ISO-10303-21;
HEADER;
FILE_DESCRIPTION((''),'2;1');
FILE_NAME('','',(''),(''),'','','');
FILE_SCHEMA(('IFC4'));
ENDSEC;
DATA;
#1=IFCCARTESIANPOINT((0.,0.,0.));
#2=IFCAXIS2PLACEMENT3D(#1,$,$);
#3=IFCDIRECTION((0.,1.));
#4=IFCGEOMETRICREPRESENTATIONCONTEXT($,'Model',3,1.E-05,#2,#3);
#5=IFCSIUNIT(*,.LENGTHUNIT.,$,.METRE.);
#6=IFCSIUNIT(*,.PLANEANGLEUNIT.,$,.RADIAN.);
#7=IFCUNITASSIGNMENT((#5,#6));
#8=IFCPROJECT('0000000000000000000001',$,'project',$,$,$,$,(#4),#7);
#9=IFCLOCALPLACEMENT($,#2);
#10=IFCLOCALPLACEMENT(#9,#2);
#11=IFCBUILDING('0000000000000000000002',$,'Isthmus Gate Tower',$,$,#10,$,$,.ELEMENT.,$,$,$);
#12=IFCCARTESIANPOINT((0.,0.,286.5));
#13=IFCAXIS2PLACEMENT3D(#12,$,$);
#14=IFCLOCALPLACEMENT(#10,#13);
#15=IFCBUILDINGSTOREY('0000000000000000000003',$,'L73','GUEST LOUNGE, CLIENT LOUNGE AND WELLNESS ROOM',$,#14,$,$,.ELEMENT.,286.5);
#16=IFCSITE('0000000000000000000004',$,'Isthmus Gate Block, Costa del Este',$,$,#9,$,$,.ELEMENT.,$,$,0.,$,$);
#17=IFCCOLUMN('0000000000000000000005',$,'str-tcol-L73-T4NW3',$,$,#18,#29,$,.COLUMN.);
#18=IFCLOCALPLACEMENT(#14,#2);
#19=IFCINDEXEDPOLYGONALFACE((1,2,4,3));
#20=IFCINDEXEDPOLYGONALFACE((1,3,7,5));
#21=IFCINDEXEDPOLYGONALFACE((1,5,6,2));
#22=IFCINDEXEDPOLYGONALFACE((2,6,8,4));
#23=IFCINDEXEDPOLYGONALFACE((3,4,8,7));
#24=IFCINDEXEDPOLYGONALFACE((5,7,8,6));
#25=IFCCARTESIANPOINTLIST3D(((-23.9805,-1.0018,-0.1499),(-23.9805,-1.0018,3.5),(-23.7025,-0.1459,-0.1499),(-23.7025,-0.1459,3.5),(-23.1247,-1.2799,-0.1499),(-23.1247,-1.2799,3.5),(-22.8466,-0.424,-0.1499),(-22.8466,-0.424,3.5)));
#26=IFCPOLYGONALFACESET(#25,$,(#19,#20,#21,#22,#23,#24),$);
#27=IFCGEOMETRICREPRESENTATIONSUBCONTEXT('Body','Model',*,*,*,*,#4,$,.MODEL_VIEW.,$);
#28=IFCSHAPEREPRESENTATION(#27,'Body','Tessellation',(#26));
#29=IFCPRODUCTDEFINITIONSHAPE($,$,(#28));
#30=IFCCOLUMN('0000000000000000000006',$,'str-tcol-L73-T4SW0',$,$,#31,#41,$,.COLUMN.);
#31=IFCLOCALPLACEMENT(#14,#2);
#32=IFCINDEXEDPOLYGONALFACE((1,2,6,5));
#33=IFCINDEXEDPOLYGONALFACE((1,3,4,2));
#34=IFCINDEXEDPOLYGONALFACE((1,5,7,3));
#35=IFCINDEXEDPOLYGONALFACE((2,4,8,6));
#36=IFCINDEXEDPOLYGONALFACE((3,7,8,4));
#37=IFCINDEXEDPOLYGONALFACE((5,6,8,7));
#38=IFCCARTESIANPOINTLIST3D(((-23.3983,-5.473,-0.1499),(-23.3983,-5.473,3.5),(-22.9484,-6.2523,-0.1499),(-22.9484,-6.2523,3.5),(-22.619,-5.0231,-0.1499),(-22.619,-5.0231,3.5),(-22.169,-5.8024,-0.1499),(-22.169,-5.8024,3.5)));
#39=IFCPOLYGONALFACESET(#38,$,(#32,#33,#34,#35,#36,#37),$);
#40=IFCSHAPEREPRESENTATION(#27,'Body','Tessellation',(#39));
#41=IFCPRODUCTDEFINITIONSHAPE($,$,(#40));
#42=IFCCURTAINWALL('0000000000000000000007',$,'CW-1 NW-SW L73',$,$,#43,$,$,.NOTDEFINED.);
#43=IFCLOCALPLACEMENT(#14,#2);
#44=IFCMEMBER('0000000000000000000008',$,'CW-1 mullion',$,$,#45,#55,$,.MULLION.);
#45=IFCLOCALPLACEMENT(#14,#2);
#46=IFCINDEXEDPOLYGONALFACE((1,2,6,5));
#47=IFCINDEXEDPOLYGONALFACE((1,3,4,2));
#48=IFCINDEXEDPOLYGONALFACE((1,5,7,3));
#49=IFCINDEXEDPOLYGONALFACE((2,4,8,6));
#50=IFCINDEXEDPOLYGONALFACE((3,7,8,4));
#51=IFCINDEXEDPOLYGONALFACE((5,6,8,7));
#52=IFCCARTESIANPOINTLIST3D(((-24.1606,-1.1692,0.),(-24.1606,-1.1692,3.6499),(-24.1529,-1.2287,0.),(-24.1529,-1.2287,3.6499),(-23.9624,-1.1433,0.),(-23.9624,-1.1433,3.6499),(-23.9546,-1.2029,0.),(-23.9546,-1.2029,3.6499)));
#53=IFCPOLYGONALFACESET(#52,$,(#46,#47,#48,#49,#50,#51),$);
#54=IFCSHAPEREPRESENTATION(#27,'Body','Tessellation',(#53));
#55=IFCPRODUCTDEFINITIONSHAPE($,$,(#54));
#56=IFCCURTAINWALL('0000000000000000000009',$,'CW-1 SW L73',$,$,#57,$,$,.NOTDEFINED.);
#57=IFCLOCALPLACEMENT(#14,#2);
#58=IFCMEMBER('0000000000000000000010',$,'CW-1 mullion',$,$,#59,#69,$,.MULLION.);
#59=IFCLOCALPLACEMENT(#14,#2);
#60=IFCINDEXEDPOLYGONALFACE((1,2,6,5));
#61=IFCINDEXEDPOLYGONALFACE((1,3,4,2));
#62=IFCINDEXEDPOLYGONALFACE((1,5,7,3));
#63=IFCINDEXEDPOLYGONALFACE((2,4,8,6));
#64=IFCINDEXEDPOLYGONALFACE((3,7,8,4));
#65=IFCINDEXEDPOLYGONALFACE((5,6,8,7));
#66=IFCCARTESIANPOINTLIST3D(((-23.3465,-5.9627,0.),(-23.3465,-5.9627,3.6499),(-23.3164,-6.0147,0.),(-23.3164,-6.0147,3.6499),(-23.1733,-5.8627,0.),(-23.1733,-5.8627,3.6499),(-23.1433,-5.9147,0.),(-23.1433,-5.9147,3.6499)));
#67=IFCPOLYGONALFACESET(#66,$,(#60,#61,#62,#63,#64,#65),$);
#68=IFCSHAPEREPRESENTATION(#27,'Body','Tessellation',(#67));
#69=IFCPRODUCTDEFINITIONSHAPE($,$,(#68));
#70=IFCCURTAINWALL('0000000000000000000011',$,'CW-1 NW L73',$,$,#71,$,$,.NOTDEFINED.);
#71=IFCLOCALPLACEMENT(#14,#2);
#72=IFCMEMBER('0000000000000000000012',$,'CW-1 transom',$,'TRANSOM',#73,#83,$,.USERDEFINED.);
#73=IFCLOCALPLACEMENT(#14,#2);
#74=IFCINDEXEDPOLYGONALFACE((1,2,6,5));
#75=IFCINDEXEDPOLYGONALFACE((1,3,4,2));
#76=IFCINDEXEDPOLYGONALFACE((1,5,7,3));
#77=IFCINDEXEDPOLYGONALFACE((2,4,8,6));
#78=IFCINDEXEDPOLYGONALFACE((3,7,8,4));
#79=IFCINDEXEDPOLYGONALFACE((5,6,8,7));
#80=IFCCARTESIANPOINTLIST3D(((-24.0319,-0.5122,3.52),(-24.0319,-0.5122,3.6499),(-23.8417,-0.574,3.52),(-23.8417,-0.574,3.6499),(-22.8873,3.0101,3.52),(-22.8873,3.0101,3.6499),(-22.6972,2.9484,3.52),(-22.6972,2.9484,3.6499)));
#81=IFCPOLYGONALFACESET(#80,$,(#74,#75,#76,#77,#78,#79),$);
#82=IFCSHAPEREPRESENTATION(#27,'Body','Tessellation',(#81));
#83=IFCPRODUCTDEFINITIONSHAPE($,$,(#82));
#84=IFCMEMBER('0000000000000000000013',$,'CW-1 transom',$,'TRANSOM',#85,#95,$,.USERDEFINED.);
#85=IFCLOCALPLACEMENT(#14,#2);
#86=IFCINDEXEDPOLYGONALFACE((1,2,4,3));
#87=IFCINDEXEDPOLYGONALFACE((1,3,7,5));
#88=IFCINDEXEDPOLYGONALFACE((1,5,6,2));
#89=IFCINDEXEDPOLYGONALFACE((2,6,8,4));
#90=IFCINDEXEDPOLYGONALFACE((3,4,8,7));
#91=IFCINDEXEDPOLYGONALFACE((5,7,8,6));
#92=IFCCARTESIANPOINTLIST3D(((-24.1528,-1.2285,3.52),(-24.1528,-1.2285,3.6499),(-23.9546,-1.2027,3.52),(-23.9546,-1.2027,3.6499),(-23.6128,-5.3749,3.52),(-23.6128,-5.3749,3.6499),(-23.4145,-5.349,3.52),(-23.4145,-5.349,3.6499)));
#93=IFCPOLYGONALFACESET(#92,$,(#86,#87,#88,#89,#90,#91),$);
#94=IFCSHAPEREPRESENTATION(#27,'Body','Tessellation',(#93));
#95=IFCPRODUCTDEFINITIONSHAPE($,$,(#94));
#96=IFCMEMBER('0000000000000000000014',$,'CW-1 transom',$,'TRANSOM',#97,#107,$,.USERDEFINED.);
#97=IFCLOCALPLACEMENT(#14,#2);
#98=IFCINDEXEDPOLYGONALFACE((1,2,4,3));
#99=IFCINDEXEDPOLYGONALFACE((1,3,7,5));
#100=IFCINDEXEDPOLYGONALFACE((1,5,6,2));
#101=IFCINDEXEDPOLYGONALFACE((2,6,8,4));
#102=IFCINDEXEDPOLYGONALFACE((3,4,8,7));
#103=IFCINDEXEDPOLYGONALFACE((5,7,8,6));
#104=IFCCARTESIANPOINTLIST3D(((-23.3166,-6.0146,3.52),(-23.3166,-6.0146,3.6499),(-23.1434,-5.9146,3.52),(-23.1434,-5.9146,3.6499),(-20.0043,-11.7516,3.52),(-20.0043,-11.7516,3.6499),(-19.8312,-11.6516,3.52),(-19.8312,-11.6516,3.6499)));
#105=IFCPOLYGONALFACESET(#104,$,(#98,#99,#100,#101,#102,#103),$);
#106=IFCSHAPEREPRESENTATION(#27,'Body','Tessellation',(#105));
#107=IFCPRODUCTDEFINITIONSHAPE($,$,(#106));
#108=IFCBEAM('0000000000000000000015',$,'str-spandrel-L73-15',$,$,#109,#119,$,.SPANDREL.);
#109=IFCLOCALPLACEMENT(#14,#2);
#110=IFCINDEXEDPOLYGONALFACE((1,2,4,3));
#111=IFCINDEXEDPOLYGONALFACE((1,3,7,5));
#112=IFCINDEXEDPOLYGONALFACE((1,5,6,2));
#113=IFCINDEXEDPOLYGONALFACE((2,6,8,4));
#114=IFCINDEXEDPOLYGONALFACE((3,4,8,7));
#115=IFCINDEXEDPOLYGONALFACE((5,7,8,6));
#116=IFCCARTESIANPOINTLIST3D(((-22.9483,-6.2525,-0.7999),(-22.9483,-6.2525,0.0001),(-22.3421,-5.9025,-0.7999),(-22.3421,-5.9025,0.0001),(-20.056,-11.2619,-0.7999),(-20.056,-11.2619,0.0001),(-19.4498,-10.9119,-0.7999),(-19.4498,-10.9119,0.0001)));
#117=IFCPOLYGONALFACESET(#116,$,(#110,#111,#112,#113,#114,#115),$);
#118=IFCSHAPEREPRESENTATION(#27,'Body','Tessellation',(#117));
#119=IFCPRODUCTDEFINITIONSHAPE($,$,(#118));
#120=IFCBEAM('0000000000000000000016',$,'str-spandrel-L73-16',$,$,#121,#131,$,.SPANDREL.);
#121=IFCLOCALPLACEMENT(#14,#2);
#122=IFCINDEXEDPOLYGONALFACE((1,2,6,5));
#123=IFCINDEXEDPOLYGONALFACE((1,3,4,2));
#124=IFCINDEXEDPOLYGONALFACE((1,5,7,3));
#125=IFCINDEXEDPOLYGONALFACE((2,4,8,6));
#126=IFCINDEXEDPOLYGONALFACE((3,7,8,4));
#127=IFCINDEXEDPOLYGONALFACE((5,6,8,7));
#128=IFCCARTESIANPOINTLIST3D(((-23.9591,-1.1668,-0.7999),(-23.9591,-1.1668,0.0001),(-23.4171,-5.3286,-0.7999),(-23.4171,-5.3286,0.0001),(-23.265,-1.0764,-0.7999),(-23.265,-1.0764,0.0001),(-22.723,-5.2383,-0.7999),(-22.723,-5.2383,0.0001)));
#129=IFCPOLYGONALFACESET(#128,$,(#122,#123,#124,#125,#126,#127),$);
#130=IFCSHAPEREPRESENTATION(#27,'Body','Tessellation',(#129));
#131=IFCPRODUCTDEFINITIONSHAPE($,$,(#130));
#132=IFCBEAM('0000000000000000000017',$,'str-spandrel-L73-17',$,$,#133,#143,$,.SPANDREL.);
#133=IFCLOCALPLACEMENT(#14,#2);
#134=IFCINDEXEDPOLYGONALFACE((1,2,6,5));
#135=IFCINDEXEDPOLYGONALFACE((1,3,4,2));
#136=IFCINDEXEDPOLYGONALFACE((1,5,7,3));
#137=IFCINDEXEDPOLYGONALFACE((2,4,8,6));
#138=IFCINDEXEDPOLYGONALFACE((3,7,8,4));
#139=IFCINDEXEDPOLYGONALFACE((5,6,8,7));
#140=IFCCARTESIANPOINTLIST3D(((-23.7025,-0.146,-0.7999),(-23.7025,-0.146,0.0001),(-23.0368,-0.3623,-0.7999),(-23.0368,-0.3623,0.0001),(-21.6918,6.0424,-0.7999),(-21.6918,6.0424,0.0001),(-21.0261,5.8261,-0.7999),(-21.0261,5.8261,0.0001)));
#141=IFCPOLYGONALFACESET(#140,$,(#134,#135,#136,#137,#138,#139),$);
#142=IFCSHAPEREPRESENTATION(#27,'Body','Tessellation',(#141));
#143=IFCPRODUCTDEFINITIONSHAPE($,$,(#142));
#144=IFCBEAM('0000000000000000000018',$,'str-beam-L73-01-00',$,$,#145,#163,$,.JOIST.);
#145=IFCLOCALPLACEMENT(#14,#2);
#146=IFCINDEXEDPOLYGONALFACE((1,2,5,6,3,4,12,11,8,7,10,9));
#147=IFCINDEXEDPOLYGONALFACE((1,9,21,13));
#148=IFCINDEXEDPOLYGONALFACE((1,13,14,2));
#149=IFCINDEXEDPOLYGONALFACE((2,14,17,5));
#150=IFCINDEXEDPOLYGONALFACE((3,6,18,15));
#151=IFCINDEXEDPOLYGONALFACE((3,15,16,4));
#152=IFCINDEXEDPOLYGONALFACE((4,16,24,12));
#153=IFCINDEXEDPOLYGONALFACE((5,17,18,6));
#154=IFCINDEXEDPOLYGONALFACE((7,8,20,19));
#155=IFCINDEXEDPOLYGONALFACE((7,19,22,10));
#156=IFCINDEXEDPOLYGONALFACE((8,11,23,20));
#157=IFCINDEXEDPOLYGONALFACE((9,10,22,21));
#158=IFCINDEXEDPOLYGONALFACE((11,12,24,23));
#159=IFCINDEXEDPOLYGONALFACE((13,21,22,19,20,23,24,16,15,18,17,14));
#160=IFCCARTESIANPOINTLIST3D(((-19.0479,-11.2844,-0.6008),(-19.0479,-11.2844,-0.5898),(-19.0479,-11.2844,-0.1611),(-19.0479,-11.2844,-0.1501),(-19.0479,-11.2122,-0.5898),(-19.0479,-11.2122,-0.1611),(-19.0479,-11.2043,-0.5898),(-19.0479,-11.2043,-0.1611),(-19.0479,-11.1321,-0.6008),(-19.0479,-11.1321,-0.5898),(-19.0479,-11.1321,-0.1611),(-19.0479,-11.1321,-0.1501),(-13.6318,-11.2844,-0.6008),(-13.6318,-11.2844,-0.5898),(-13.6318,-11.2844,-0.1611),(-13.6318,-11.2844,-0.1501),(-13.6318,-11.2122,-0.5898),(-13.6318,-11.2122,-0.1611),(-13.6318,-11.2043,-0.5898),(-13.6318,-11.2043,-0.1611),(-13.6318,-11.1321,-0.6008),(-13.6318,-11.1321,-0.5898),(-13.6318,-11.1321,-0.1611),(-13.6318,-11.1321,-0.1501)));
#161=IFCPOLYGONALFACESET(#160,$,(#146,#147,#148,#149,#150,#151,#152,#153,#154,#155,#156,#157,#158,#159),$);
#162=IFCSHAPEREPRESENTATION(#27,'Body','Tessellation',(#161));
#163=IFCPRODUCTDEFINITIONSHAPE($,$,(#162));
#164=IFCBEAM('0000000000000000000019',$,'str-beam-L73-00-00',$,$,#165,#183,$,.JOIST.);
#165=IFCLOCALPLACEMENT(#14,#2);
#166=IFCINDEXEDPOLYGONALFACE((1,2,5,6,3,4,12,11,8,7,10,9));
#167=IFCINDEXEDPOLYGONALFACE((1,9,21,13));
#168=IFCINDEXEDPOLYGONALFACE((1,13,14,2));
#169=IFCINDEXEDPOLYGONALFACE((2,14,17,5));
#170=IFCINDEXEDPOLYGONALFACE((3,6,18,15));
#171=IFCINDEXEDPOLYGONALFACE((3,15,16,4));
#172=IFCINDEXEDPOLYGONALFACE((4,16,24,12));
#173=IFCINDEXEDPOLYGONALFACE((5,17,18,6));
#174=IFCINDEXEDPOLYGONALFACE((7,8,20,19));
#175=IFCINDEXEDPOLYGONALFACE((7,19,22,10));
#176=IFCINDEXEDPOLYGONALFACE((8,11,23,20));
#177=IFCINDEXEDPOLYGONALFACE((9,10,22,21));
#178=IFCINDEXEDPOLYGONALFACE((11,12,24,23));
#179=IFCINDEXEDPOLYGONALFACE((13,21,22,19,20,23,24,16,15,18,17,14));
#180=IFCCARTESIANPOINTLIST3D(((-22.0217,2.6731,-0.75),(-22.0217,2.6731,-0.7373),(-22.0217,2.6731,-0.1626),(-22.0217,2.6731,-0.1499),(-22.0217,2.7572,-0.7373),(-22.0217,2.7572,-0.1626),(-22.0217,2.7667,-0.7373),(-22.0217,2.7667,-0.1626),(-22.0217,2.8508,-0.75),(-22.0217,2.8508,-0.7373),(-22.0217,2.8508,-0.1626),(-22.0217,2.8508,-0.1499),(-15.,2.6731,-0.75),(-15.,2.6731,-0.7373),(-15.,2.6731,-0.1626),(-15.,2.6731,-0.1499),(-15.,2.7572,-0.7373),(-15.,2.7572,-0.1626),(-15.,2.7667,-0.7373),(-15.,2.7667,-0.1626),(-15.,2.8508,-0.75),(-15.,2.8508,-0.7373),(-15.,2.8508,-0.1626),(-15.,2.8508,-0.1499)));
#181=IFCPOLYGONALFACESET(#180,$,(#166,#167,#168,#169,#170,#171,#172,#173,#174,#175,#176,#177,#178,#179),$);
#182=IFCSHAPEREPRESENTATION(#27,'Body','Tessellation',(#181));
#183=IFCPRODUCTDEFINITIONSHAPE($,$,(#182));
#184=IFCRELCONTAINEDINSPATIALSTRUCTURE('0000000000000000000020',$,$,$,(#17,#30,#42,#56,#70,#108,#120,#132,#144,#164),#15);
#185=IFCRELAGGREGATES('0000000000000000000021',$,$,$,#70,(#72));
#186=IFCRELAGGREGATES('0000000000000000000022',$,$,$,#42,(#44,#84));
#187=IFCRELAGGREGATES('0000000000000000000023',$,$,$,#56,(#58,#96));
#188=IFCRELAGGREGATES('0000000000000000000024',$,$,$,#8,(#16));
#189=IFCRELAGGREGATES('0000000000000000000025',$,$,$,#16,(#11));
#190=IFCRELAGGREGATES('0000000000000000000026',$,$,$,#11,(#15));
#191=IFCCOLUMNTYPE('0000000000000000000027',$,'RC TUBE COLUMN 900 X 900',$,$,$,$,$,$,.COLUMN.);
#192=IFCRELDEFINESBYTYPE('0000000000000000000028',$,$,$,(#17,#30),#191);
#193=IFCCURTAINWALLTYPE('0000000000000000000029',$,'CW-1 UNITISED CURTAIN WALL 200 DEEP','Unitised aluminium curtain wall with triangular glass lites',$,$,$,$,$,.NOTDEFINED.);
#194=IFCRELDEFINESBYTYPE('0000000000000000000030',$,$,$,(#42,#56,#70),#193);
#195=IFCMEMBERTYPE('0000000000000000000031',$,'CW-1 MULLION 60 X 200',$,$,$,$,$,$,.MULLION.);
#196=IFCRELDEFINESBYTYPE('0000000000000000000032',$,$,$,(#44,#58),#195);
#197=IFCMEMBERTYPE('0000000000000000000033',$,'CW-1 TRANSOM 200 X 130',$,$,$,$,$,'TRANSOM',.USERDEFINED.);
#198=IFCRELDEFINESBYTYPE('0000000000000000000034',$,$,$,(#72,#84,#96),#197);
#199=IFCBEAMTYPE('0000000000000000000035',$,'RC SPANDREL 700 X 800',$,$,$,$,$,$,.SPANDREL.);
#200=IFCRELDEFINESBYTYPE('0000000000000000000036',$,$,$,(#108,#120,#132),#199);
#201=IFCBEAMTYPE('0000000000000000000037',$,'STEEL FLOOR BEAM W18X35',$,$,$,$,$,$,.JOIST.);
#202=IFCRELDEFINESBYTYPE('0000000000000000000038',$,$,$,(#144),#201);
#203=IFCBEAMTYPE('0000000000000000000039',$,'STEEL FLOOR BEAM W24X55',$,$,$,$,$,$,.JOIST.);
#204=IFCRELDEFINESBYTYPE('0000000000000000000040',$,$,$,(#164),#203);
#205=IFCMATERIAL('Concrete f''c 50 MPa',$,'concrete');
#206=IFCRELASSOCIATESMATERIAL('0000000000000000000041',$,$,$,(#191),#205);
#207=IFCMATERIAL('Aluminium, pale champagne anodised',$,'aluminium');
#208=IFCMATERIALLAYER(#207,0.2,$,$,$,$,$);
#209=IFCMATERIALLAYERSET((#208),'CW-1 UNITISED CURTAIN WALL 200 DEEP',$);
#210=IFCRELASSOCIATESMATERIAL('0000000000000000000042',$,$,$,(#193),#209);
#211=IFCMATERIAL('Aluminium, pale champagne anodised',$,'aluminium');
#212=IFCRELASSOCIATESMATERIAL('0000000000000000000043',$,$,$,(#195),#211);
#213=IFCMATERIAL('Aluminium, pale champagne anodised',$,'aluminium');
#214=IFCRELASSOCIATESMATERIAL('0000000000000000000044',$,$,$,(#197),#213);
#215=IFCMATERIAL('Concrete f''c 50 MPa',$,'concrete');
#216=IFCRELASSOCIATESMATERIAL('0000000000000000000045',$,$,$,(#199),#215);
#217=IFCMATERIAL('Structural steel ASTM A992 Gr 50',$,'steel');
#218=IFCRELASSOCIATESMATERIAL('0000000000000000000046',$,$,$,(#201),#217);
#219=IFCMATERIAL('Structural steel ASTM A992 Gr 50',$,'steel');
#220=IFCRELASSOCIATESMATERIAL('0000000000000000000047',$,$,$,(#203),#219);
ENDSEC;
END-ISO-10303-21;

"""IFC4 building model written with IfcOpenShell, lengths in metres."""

from ifc_helpers import new_model, si_unit, direction, frame, origin, origin_2d, place, context, subcontext, project, spatial, rectangle, i_section, extrude, material, layer, layer_set, material_profile, profile_set, type_object, element, aggregate, save


model = new_model("IFC4")

# Units and contexts
model_context = context("Model", 3, precision=1e-05, world=origin(), true_north=direction((0.0, 1.0)))
body_context = subcontext(model_context, "Body", "Model", "MODEL_VIEW")
ifc_project = project(units=[si_unit("LENGTHUNIT", "METRE"), si_unit("PLANEANGLEUNIT", "RADIAN")], contexts=[model_context])

# Site, building, storey
site_placement = place(None, origin())
site = spatial("IfcSite", under=ifc_project, at=site_placement, Name="Isthmus Gate Block, Costa del Este", CompositionType="ELEMENT", RefElevation=0.0)
building_placement = place(site_placement, origin())
building = spatial("IfcBuilding", under=site, at=building_placement, Name="Isthmus Gate Tower", CompositionType="ELEMENT")
storey_placement = place(building_placement, frame((0.0, 0.0, 286.5)))
storey = spatial("IfcBuildingStorey", under=building, at=storey_placement, Name="L73", Description="GUEST LOUNGE, CLIENT LOUNGE AND WELLNESS ROOM", CompositionType="ELEMENT", Elevation=286.5)

# Columns
ifc_material_1 = material(Name="Concrete f'c 50 MPa", Category="concrete")
ifc_material_profile_1 = material_profile(ifc_material_1, rectangle(XDim=0.8999, YDim=0.8999, at=origin_2d()), Name="RC 900X900")
ifc_profile_set_1 = profile_set([ifc_material_profile_1], Name="Concrete f'c 50 MPa")
column_type = type_object("IfcColumnType", Name="RC TUBE COLUMN 900 X 900", PredefinedType="COLUMN", material=ifc_profile_set_1)
for number, where, z_axis, x_axis, name in (
    (1, (-23.4136, -0.7129, -0.1499), (0.0, 0.0, 1.0), (-0.309017, -0.951057, 0.0), "str-tcol-L73-T4NW3"),
    (2, (-22.7837, -5.6377, -0.1499), (0.0, 0.0, 1.0), (0.5, -0.866025, 0.0), "str-tcol-L73-T4SW0"),
):
    element("IfcColumn", number, at=place(storey_placement, frame(where, z_axis=z_axis, x_axis=x_axis)), inside=storey, type_object=column_type, Name=name, PredefinedType="COLUMN", context=body_context, shape_type="SweptSolid", body=[
        extrude(rectangle(XDim=0.8999, YDim=0.8999, at=origin_2d()), origin(), (0.0, 0.0, 1.0), 3.6499),
    ])

# Curtain walls, members
ifc_material_2 = material(Name="Aluminium, pale champagne anodised", Category="aluminium")
ifc_layer_1 = layer(ifc_material_2, 0.2)
ifc_layer_set_1 = layer_set([ifc_layer_1], Name="CW-1 UNITISED CURTAIN WALL 200 DEEP")
curtain_wall_type = type_object("IfcCurtainWallType", Name="CW-1 UNITISED CURTAIN WALL 200 DEEP", Description="Unitised aluminium curtain wall with triangular glass lites", PredefinedType="NOTDEFINED", material=ifc_layer_set_1)
curtain_wall_1_placement = place(storey_placement, origin())
curtain_wall_1 = element("IfcCurtainWall", 3, at=curtain_wall_1_placement, inside=storey, type_object=curtain_wall_type, Name="CW-1 NW-SW L73", PredefinedType="NOTDEFINED")
ifc_material_3 = material(Name="Aluminium, pale champagne anodised", Category="aluminium")
ifc_material_profile_2 = material_profile(ifc_material_3, rectangle(XDim=0.0601, YDim=0.2, at=origin_2d()), Name="60x200")
ifc_profile_set_2 = profile_set([ifc_material_profile_2], Name="Aluminium, pale champagne anodised")
member_type_1 = type_object("IfcMemberType", Name="CW-1 MULLION 60 X 200", PredefinedType="MULLION", material=ifc_profile_set_2)
member_1_placement = place(storey_placement, frame((-24.0576, -1.186, 0.0), z_axis=(0.0, 0.0, 1.0), x_axis=(0.129165, -0.991623, 0.0)))
member_1 = element("IfcMember", 4, at=member_1_placement, type_object=member_type_1, Name="CW-1 mullion", PredefinedType="MULLION", context=body_context, shape_type="SweptSolid", body=[
    extrude(rectangle(XDim=0.0601, YDim=0.2, at=origin_2d()), origin(), (0.0, 0.0, 1.0), 3.6499),
])
curtain_wall_2_placement = place(storey_placement, origin())
curtain_wall_2 = element("IfcCurtainWall", 5, at=curtain_wall_2_placement, inside=storey, type_object=curtain_wall_type, Name="CW-1 SW L73", PredefinedType="NOTDEFINED")
member_2_placement = place(storey_placement, frame((-23.2449, -5.9387, 0.0), z_axis=(0.0, 0.0, 1.0), x_axis=(0.5, -0.866025, 0.0)))
member_2 = element("IfcMember", 6, at=member_2_placement, type_object=member_type_1, Name="CW-1 mullion", PredefinedType="MULLION", context=body_context, shape_type="SweptSolid", body=[
    extrude(rectangle(XDim=0.0601, YDim=0.2, at=origin_2d()), origin(), (0.0, 0.0, 1.0), 3.6499),
])
curtain_wall_3_placement = place(storey_placement, origin())
curtain_wall_3 = element("IfcCurtainWall", 7, at=curtain_wall_3_placement, inside=storey, type_object=curtain_wall_type, Name="CW-1 NW L73", PredefinedType="NOTDEFINED")
ifc_material_4 = material(Name="Aluminium, pale champagne anodised", Category="aluminium")
ifc_material_profile_3 = material_profile(ifc_material_4, rectangle(XDim=0.2, YDim=0.1299, at=origin_2d()), Name="200x130")
ifc_profile_set_3 = profile_set([ifc_material_profile_3], Name="Aluminium, pale champagne anodised")
member_type_2 = type_object("IfcMemberType", Name="CW-1 TRANSOM 200 X 130", ElementType="TRANSOM", PredefinedType="USERDEFINED", material=ifc_profile_set_3)
member_3_placement = place(storey_placement, frame((-22.7922, 2.9792, 3.585), z_axis=(-0.30904, -0.951049, 0.0), x_axis=(0.951049, -0.30904, 0.0)))
member_3 = element("IfcMember", 8, at=member_3_placement, type_object=member_type_2, Name="CW-1 transom", ObjectType="TRANSOM", PredefinedType="USERDEFINED", context=body_context, shape_type="SweptSolid", body=[
    extrude(rectangle(XDim=0.2, YDim=0.1299, at=origin_2d()), origin(), (0.0, 0.0, 1.0), 3.7036),
])

# Members
member_4_placement = place(storey_placement, frame((-24.0537, -1.2156, 3.585), z_axis=(0.129149, -0.991625, 0.0), x_axis=(0.991625, 0.129149, 0.0)))
member_4 = element("IfcMember", 9, at=member_4_placement, type_object=member_type_2, Name="CW-1 transom", ObjectType="TRANSOM", PredefinedType="USERDEFINED", context=body_context, shape_type="SweptSolid", body=[
    extrude(rectangle(XDim=0.2, YDim=0.1299, at=origin_2d()), origin(), (0.0, 0.0, 1.0), 4.1814),
])
member_5_placement = place(storey_placement, frame((-23.23, -5.9646, 3.585), z_axis=(0.499996, -0.866028, 0.0), x_axis=(0.866028, 0.499996, 0.0)))
member_5 = element("IfcMember", 10, at=member_5_placement, type_object=member_type_2, Name="CW-1 transom", ObjectType="TRANSOM", PredefinedType="USERDEFINED", context=body_context, shape_type="SweptSolid", body=[
    extrude(rectangle(XDim=0.2, YDim=0.1299, at=origin_2d()), origin(), (0.0, 0.0, 1.0), 6.6245),
])

# Beams
ifc_material_5 = material(Name="Concrete f'c 50 MPa", Category="concrete")
ifc_material_profile_4 = material_profile(ifc_material_5, rectangle(XDim=0.7, YDim=0.8, at=origin_2d()), Name="RC 700X800")
ifc_profile_set_4 = profile_set([ifc_material_profile_4], Name="Concrete f'c 50 MPa")
beam_type_1 = type_object("IfcBeamType", Name="RC SPANDREL 700 X 800", PredefinedType="SPANDREL", material=ifc_profile_set_4)
beam_1_placement = place(storey_placement, frame((-19.7529, -11.0869, -0.3999), z_axis=(-0.500011, 0.866019, 0.0), x_axis=(-0.866019, -0.500011, 0.0)))
element("IfcBeam", 11, at=beam_1_placement, inside=storey, type_object=beam_type_1, Name="str-spandrel-L73-15", PredefinedType="SPANDREL", context=body_context, shape_type="SweptSolid", body=[
    extrude(rectangle(XDim=0.7, YDim=0.8, at=origin_2d()), origin(), (0.0, 0.0, 1.0), 5.7844),
])
beam_2_placement = place(storey_placement, frame((-23.0701, -5.2834, -0.3999), z_axis=(-0.129138, 0.991627, 0.0), x_axis=(-0.991627, -0.129138, 0.0)))
element("IfcBeam", 12, at=beam_2_placement, inside=storey, type_object=beam_type_1, Name="str-spandrel-L73-16", PredefinedType="SPANDREL", context=body_context, shape_type="SweptSolid", body=[
    extrude(rectangle(XDim=0.7, YDim=0.8, at=origin_2d()), origin(), (0.0, 0.0, 1.0), 4.197),
])
beam_3_placement = place(storey_placement, frame((-23.3696, -0.2542, -0.3999), z_axis=(0.309015, 0.951057, 0.0), x_axis=(-0.951057, 0.309015, 0.0)))
element("IfcBeam", 13, at=beam_3_placement, inside=storey, type_object=beam_type_1, Name="str-spandrel-L73-17", PredefinedType="SPANDREL", context=body_context, shape_type="SweptSolid", body=[
    extrude(rectangle(XDim=0.7, YDim=0.8, at=origin_2d()), origin(), (0.0, 0.0, 1.0), 6.5068),
])
ifc_material_6 = material(Name="Structural steel ASTM A992 Gr 50", Category="steel")
ifc_material_profile_5 = material_profile(ifc_material_6, i_section(OverallWidth=0.1523, OverallDepth=0.4507, WebThickness=0.0078, FlangeThickness=0.011, at=origin_2d()), Name="W18X35")
ifc_profile_set_5 = profile_set([ifc_material_profile_5], Name="Structural steel ASTM A992 Gr 50")
beam_type_2 = type_object("IfcBeamType", Name="STEEL FLOOR BEAM W18X35", PredefinedType="JOIST", material=ifc_profile_set_5)
beam_4_placement = place(storey_placement, frame((-19.0479, -11.2083, -0.3755), z_axis=(1.0, 0.0, 0.0), x_axis=(0.0, 1.0, 0.0)))
element("IfcBeam", 14, at=beam_4_placement, inside=storey, type_object=beam_type_2, Name="str-beam-L73-01-00", PredefinedType="JOIST", context=body_context, shape_type="SweptSolid", body=[
    extrude(i_section(OverallWidth=0.1523, OverallDepth=0.4507, WebThickness=0.0078, FlangeThickness=0.011, at=origin_2d()), origin(), (0.0, 0.0, 1.0), 5.416),
])
ifc_material_7 = material(Name="Structural steel ASTM A992 Gr 50", Category="steel")
ifc_material_profile_6 = material_profile(ifc_material_7, i_section(OverallWidth=0.1777, OverallDepth=0.6001, WebThickness=0.0095, FlangeThickness=0.0127, at=origin_2d()), Name="W24X55")
ifc_profile_set_6 = profile_set([ifc_material_profile_6], Name="Structural steel ASTM A992 Gr 50")
beam_type_3 = type_object("IfcBeamType", Name="STEEL FLOOR BEAM W24X55", PredefinedType="JOIST", material=ifc_profile_set_6)
beam_5_placement = place(storey_placement, frame((-22.0217, 2.762, -0.45), z_axis=(1.0, 0.0, 0.0), x_axis=(0.0, 1.0, 0.0)))
element("IfcBeam", 15, at=beam_5_placement, inside=storey, type_object=beam_type_3, Name="str-beam-L73-00-00", PredefinedType="JOIST", context=body_context, shape_type="SweptSolid", body=[
    extrude(i_section(OverallWidth=0.1777, OverallDepth=0.6001, WebThickness=0.0095, FlangeThickness=0.0127, at=origin_2d()), origin(), (0.0, 0.0, 1.0), 7.0217),
])

aggregate(curtain_wall_3, [member_3])
aggregate(curtain_wall_1, [member_1, member_4])
aggregate(curtain_wall_2, [member_2, member_5])

save(model, "model.ifc")
